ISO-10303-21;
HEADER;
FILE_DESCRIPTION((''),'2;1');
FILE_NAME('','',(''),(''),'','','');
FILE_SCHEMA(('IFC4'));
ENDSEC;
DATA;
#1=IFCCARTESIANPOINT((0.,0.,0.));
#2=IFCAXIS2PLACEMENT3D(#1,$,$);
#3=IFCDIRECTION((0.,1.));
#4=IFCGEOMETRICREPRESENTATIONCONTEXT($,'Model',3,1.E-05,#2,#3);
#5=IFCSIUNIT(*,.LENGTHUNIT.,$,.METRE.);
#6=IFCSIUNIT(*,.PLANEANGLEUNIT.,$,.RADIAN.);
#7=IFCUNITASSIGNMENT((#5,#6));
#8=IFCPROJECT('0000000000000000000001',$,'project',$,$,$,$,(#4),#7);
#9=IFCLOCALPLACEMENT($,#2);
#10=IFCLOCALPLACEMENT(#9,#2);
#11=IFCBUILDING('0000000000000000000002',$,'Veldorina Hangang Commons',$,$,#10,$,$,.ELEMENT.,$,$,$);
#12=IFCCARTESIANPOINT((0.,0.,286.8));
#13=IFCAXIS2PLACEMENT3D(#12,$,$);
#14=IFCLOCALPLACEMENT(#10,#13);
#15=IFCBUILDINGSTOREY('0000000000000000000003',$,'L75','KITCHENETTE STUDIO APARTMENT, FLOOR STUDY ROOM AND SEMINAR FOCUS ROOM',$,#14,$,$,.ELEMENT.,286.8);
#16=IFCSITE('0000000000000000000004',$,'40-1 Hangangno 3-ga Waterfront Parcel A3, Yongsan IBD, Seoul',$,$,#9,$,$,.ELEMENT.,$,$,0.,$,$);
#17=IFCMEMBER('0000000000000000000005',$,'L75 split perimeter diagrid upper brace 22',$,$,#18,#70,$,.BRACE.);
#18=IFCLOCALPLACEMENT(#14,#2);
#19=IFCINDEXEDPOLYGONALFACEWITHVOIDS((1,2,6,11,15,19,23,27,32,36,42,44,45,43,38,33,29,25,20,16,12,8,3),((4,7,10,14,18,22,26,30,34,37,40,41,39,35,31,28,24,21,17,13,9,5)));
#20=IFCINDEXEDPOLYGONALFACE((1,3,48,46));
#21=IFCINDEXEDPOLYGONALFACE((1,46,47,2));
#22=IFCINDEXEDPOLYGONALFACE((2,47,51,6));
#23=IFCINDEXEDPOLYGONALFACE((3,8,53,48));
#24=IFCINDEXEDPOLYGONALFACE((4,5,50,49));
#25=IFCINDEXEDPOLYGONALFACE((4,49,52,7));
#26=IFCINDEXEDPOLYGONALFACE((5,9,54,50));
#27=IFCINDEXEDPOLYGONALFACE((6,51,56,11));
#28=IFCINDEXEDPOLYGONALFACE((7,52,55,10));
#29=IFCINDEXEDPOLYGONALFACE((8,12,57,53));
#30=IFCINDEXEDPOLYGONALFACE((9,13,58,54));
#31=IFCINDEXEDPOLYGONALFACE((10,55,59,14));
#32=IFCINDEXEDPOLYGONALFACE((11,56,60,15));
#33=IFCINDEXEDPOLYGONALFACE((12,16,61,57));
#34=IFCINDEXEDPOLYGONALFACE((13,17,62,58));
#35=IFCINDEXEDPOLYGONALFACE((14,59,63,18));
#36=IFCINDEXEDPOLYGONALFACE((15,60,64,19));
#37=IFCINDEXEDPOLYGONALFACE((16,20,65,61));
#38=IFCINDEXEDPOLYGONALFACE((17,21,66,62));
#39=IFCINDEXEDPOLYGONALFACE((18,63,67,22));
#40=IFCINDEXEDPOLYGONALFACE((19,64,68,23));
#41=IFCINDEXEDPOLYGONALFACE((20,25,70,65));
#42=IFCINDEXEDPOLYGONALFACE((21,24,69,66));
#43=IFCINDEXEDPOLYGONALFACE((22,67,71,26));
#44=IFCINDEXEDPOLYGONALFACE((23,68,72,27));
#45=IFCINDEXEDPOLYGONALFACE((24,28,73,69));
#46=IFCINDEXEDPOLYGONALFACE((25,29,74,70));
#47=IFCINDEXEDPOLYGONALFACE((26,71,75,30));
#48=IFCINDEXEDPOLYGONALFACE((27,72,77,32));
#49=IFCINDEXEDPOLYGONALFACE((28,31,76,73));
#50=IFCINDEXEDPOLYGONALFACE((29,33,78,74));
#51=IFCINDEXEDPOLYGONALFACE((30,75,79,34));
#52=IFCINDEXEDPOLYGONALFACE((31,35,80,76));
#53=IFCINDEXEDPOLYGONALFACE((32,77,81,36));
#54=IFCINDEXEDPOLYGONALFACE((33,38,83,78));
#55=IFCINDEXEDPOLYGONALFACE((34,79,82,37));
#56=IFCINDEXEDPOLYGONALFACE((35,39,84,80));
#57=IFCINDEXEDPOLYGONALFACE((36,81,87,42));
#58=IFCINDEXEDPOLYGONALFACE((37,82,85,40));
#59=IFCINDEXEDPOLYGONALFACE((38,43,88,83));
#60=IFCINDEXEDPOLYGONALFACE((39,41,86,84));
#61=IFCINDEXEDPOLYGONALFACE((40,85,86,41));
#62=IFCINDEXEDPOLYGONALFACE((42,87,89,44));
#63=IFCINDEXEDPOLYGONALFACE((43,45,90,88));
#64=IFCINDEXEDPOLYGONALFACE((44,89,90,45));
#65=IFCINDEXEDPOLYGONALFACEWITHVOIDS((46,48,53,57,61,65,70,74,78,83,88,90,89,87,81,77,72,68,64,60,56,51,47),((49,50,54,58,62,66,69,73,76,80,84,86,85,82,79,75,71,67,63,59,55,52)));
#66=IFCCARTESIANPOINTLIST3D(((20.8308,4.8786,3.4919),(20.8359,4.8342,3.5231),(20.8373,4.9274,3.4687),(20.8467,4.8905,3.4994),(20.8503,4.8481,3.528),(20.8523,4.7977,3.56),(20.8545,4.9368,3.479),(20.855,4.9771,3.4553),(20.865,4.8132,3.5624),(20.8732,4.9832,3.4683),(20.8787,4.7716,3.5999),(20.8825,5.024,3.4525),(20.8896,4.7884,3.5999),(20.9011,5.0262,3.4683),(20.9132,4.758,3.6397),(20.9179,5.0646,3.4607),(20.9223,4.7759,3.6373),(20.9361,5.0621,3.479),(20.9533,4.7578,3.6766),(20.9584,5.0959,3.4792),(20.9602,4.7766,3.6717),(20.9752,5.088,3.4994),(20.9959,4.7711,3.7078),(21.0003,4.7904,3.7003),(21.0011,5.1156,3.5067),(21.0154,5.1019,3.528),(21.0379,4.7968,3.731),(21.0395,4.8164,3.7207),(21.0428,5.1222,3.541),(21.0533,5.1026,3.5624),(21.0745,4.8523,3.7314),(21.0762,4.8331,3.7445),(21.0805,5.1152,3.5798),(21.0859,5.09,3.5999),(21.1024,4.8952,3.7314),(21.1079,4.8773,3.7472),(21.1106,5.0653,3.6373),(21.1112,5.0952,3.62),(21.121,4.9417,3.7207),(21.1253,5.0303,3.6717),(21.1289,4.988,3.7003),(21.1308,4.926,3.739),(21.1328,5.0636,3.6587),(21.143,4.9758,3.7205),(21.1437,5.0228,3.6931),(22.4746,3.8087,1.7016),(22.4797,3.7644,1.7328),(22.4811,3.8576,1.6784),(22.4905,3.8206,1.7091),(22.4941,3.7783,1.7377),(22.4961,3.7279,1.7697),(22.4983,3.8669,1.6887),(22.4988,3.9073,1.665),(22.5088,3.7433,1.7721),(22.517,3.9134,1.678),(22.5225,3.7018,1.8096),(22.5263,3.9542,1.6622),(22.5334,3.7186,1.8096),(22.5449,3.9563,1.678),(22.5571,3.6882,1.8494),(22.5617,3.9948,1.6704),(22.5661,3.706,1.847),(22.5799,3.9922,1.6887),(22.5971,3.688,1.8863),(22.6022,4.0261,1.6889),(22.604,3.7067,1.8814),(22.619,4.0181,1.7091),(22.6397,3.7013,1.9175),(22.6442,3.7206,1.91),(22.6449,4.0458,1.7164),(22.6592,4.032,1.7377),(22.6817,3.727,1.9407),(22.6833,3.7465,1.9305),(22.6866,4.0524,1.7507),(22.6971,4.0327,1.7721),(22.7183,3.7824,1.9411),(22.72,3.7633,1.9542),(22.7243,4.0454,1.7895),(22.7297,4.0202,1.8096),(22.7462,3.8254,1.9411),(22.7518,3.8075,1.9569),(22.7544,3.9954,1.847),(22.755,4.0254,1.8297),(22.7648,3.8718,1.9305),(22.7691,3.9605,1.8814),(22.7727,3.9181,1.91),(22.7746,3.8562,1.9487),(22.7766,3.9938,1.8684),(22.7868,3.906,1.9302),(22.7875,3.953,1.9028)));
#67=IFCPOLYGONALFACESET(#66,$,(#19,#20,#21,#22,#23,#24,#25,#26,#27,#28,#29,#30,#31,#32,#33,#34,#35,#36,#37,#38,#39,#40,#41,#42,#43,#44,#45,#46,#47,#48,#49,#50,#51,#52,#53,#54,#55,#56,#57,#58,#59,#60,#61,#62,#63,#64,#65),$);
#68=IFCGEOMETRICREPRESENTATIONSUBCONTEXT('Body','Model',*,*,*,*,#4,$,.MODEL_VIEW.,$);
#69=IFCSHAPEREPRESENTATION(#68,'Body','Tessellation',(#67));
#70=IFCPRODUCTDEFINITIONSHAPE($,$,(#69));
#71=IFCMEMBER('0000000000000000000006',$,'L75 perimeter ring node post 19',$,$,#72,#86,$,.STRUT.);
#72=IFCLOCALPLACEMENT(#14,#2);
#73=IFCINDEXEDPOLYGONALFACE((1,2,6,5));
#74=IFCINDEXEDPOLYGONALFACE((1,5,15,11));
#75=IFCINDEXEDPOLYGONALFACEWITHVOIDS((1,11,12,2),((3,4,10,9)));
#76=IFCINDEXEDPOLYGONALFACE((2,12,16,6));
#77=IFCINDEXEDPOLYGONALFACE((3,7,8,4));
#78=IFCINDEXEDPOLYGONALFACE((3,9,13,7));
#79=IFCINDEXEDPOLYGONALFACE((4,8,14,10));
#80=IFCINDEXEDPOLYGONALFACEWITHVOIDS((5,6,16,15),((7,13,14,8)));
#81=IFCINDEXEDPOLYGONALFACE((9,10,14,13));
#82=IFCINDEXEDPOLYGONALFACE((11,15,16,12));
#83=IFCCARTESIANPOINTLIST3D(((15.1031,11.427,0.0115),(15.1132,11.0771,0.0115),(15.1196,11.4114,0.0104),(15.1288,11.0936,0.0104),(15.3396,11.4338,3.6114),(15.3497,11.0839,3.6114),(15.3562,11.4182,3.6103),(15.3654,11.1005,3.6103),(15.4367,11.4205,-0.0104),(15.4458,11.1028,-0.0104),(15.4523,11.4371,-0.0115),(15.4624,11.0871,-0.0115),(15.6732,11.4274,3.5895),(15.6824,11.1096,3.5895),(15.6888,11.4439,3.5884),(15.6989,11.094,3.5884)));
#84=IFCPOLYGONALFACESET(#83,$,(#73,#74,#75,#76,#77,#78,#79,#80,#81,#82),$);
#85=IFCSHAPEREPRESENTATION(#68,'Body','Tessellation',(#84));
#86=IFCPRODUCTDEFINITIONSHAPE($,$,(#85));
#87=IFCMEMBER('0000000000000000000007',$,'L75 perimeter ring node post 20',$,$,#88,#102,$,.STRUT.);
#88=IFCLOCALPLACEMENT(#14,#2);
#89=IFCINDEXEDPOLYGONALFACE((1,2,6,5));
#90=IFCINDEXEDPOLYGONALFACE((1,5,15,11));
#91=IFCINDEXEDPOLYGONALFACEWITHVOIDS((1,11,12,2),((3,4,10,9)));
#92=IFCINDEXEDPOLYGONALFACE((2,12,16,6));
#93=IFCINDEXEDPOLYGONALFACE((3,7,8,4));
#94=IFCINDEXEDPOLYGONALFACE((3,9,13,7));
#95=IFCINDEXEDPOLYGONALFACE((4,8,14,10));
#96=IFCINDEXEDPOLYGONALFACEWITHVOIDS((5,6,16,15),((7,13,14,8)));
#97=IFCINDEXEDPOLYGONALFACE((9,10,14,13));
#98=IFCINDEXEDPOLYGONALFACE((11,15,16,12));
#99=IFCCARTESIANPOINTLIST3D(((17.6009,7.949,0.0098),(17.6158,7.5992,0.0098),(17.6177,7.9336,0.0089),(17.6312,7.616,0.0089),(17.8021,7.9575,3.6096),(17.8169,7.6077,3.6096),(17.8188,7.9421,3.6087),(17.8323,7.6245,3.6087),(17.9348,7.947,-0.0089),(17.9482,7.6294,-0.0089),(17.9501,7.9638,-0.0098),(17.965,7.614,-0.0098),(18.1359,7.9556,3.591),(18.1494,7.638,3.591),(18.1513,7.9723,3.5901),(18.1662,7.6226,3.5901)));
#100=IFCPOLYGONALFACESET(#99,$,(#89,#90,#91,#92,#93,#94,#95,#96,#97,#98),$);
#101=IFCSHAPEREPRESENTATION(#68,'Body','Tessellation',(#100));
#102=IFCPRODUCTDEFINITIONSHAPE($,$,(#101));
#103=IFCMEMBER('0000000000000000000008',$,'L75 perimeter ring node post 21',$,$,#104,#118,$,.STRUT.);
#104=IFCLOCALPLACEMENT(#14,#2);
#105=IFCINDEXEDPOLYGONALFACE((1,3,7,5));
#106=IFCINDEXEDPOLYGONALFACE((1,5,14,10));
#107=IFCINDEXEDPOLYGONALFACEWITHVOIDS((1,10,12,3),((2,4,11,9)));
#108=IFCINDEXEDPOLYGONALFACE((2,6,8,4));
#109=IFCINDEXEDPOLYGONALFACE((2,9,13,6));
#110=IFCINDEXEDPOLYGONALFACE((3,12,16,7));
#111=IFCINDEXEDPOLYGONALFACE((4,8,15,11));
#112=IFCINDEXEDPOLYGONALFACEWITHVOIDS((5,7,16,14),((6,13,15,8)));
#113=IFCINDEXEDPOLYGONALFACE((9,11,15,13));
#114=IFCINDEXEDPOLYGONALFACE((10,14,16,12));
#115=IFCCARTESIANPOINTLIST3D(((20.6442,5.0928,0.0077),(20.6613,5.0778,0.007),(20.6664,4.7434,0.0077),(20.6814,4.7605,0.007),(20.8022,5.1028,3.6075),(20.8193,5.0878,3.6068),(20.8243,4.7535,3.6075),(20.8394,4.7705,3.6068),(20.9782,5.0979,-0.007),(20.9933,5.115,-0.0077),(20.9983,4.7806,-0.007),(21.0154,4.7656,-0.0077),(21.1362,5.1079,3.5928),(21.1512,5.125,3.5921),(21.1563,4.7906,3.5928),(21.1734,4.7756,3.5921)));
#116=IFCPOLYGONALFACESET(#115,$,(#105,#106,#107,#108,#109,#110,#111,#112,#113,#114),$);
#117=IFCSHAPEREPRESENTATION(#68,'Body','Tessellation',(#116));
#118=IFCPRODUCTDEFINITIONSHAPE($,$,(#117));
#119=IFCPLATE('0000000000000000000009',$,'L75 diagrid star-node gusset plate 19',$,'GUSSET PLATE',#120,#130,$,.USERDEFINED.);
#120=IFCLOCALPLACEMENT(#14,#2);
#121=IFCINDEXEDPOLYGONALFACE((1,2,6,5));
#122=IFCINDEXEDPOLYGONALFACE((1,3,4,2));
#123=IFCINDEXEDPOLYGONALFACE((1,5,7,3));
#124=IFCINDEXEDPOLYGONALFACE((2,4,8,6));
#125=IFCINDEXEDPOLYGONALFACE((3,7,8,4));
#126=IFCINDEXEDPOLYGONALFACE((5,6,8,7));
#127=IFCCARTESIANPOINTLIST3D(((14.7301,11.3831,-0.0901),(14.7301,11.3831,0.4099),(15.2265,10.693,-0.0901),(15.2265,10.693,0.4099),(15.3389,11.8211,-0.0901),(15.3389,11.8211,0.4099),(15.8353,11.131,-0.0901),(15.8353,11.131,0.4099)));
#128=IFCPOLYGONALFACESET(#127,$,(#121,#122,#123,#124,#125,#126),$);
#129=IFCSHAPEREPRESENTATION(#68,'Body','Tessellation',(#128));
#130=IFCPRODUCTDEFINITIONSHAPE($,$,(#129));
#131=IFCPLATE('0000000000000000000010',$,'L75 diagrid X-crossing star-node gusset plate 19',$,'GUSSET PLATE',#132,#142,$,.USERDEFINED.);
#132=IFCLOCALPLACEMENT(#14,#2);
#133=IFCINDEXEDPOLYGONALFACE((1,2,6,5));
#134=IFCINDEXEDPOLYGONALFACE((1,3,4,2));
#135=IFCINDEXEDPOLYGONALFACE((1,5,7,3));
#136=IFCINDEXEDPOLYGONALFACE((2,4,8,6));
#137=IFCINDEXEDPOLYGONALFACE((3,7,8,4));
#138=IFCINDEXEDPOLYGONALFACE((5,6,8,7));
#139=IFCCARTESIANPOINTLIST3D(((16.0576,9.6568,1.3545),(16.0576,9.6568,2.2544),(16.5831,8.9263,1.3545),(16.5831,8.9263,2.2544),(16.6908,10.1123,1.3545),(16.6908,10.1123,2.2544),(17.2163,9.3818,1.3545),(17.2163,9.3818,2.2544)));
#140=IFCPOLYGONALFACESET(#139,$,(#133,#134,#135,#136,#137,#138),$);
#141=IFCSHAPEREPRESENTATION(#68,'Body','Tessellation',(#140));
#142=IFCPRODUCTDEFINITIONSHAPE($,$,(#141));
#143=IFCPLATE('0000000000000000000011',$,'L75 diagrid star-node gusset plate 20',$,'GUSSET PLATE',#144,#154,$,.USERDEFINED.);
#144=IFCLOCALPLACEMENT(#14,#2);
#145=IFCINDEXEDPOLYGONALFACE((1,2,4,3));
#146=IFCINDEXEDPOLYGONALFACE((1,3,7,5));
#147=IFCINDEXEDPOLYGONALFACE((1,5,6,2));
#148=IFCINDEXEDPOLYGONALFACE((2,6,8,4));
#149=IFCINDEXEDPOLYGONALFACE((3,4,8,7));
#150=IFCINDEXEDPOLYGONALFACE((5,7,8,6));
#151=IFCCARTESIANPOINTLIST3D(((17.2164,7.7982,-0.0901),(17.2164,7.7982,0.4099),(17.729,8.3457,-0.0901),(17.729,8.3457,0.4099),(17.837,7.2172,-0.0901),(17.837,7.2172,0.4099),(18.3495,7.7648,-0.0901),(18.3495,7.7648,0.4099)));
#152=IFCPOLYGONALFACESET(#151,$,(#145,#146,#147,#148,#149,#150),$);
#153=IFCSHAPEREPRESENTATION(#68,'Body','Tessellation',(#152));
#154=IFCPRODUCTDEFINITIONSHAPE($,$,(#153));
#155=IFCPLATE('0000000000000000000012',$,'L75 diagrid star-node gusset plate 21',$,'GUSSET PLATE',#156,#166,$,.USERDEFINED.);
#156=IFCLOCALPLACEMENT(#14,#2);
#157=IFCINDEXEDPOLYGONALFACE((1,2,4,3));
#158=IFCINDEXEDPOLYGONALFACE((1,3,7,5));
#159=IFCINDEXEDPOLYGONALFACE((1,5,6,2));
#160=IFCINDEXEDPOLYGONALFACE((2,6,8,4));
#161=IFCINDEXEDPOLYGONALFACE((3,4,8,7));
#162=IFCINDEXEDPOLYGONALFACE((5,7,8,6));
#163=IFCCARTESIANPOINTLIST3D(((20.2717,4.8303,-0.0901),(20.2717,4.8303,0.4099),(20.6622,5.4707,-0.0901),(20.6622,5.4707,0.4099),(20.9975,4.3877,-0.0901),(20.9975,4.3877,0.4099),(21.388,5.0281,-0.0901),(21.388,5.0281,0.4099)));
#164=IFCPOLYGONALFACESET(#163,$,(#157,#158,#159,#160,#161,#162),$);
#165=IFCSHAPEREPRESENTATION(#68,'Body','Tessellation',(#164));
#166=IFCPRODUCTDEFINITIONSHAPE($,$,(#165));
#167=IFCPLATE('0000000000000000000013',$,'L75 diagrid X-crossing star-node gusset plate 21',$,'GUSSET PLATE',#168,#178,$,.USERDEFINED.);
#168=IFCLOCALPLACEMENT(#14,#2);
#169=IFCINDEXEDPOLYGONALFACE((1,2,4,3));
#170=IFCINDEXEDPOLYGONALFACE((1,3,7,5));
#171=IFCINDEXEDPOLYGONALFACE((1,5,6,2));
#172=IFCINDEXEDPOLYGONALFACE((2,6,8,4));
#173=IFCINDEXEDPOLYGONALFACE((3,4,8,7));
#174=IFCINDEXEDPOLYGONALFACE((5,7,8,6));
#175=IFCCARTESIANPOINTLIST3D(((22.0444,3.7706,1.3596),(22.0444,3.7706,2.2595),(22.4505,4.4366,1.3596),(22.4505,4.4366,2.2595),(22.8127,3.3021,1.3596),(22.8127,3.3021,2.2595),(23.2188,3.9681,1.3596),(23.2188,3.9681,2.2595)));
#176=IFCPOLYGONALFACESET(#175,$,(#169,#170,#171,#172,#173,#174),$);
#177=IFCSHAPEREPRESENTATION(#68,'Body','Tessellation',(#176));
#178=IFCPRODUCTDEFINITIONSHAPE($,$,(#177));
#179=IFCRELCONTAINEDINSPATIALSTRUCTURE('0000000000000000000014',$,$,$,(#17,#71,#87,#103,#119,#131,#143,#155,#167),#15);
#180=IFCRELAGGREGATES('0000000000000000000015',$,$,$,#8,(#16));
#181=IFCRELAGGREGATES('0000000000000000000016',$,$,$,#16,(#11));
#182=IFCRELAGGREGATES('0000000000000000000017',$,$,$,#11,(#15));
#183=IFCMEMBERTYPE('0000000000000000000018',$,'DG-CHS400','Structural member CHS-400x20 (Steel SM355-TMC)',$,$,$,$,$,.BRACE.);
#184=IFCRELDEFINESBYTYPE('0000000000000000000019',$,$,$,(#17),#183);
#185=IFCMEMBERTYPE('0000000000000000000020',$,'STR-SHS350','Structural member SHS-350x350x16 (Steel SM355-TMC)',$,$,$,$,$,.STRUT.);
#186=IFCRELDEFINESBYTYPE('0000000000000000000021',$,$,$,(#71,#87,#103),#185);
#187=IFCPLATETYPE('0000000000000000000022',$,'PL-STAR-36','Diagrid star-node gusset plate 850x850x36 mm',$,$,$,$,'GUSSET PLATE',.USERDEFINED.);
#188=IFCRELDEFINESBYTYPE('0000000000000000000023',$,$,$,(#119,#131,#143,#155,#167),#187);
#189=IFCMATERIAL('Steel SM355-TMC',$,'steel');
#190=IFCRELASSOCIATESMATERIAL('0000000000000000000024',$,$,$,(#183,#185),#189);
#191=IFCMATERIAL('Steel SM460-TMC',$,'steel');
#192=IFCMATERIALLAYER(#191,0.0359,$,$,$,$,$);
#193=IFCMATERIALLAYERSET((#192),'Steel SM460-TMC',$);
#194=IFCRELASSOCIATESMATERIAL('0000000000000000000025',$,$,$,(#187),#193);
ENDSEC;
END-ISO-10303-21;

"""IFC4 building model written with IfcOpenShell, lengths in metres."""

from ifc_helpers import new_model, si_unit, direction, frame, origin, origin_2d, place, context, subcontext, project, spatial, rectangle, hollow_rectangle, hollow_circle, extrude, material, layer, layer_set, material_profile, profile_set, type_object, element, save


model = new_model("IFC4")

# Units and contexts
model_context = context("Model", 3, precision=1e-05, world=origin(), true_north=direction((0.0, 1.0)))
body_context = subcontext(model_context, "Body", "Model", "MODEL_VIEW")
ifc_project = project(units=[si_unit("LENGTHUNIT", "METRE"), si_unit("PLANEANGLEUNIT", "RADIAN")], contexts=[model_context])

# Site, building, storey
site_placement = place(None, origin())
site = spatial("IfcSite", under=ifc_project, at=site_placement, Name="40-1 Hangangno 3-ga Waterfront Parcel A3, Yongsan IBD, Seoul", CompositionType="ELEMENT", RefElevation=0.0)
building_placement = place(site_placement, origin())
building = spatial("IfcBuilding", under=site, at=building_placement, Name="Veldorina Hangang Commons", CompositionType="ELEMENT")
storey_placement = place(building_placement, frame((0.0, 0.0, 286.8)))
storey = spatial("IfcBuildingStorey", under=building, at=storey_placement, Name="L75", Description="KITCHENETTE STUDIO APARTMENT, FLOOR STUDY ROOM AND SEMINAR FOCUS ROOM", CompositionType="ELEMENT", Elevation=286.8)

# Shared definitions
ifc_material_1 = material(Name="Steel SM355-TMC", Category="steel")

# Members
ifc_material_profile_1 = material_profile(ifc_material_1, hollow_circle(Radius=0.2, WallThickness=0.02, at=origin_2d()), Name="CHS-400x20")
ifc_profile_set_1 = profile_set([ifc_material_profile_1], Name="Steel SM355-TMC")
member_type_1 = type_object("IfcMemberType", Name="DG-CHS400", Description="Structural member CHS-400x20 (Steel SM355-TMC)", PredefinedType="BRACE", material=ifc_profile_set_1)
member_1_placement = place(storey_placement, frame((22.6316, 3.8694, 1.8096), z_axis=(-0.619015, 0.40287, 0.674178), x_axis=(-0.545474, -0.838128, 0.0)))
element("IfcMember", 1, at=member_1_placement, inside=storey, type_object=member_type_1, Name="L75 split perimeter diagrid upper brace 22", PredefinedType="BRACE", context=body_context, shape_type="SweptSolid", body=[
    extrude(hollow_circle(Radius=0.2, WallThickness=0.02, at=origin_2d()), origin(), (0.0, 0.0, 1.0), 2.6555),
])
ifc_material_profile_2 = material_profile(ifc_material_1, hollow_rectangle(XDim=0.3501, YDim=0.3501, WallThickness=0.0161, at=origin_2d()), Name="SHS-350x350x16")
ifc_profile_set_2 = profile_set([ifc_material_profile_2], Name="Steel SM355-TMC")
member_type_2 = type_object("IfcMemberType", Name="STR-SHS350", Description="Structural member SHS-350x350x16 (Steel SM355-TMC)", PredefinedType="STRUT", material=ifc_profile_set_2)
member_2_placement = place(storey_placement, frame((15.2827, 11.2571, 0.0), z_axis=(0.065576, 0.001895, 0.997846), x_axis=(-0.028884, 0.999583, 0.0)))
element("IfcMember", 2, at=member_2_placement, inside=storey, type_object=member_type_2, Name="L75 perimeter ring node post 19", PredefinedType="STRUT", context=body_context, shape_type="SweptSolid", body=[
    extrude(hollow_rectangle(XDim=0.3501, YDim=0.3501, WallThickness=0.0161, at=origin_2d()), origin(), (0.0, 0.0, 1.0), 3.6077),
])
member_3_placement = place(storey_placement, frame((17.783, 7.7815, 0.0), z_axis=(0.055796, 0.00237, 0.998439), x_axis=(-0.042437, 0.999099, 0.0)))
element("IfcMember", 3, at=member_3_placement, inside=storey, type_object=member_type_2, Name="L75 perimeter ring node post 20", PredefinedType="STRUT", context=body_context, shape_type="SweptSolid", body=[
    extrude(hollow_rectangle(XDim=0.3501, YDim=0.3501, WallThickness=0.0161, at=origin_2d()), origin(), (0.0, 0.0, 1.0), 3.6055),
])
member_4_placement = place(storey_placement, frame((20.8298, 4.9292, 0.0), z_axis=(0.043837, 0.002778, 0.999035), x_axis=(-0.063243, 0.997998, 0.0)))
element("IfcMember", 4, at=member_4_placement, inside=storey, type_object=member_type_2, Name="L75 perimeter ring node post 21", PredefinedType="STRUT", context=body_context, shape_type="SweptSolid", body=[
    extrude(hollow_rectangle(XDim=0.3501, YDim=0.3501, WallThickness=0.0161, at=origin_2d()), origin(), (0.0, 0.0, 1.0), 3.6033),
])

# Plates
ifc_material_2 = material(Name="Steel SM460-TMC", Category="steel")
ifc_layer_1 = layer(ifc_material_2, 0.0359)
ifc_layer_set_1 = layer_set([ifc_layer_1], Name="Steel SM460-TMC")
plate_type = type_object("IfcPlateType", Name="PL-STAR-36", Description="Diagrid star-node gusset plate 850x850x36 mm", ElementType="GUSSET PLATE", PredefinedType="USERDEFINED", material=ifc_layer_set_1)
plate_1_placement = place(storey_placement, frame((15.2827, 11.2571, -0.0901), z_axis=(0.0, 0.0, 1.0), x_axis=(0.583981, -0.811768, 0.0)))
element("IfcPlate", 5, at=plate_1_placement, inside=storey, type_object=plate_type, Name="L75 diagrid star-node gusset plate 19", ObjectType="GUSSET PLATE", PredefinedType="USERDEFINED", context=body_context, shape_type="SweptSolid", body=[
    extrude(rectangle(XDim=0.8501, YDim=0.75, at=origin_2d()), origin(), (0.0, 0.0, 1.0), 0.5),
])
plate_2_placement = place(storey_placement, frame((16.637, 9.5193, 1.3545), z_axis=(0.0, 0.0, 1.0), x_axis=(0.583981, -0.811768, 0.0)))
element("IfcPlate", 6, at=plate_2_placement, inside=storey, type_object=plate_type, Name="L75 diagrid X-crossing star-node gusset plate 19", ObjectType="GUSSET PLATE", PredefinedType="USERDEFINED", context=body_context, shape_type="SweptSolid", body=[
    extrude(rectangle(XDim=0.8999, YDim=0.78, at=origin_2d()), origin(), (0.0, 0.0, 1.0), 0.8999),
])
for number, where, z_axis, x_axis, name in (
    (7, (17.783, 7.7815, -0.0901), (0.0, 0.0, 1.0), (0.730007, -0.683439, 0.0), "L75 diagrid star-node gusset plate 20"),
    (8, (20.8298, 4.9292, -0.0901), (0.0, 0.0, 1.0), (0.853787, -0.520622, 0.0), "L75 diagrid star-node gusset plate 21"),
):
    element("IfcPlate", number, at=place(storey_placement, frame(where, z_axis=z_axis, x_axis=x_axis)), inside=storey, type_object=plate_type, Name=name, ObjectType="GUSSET PLATE", PredefinedType="USERDEFINED", context=body_context, shape_type="SweptSolid", body=[
        extrude(rectangle(XDim=0.8501, YDim=0.75, at=origin_2d()), origin(), (0.0, 0.0, 1.0), 0.5),
    ])
plate_3_placement = place(storey_placement, frame((22.6316, 3.8694, 1.3596), z_axis=(0.0, 0.0, 1.0), x_axis=(0.853787, -0.520622, 0.0)))
element("IfcPlate", 9, at=plate_3_placement, inside=storey, type_object=plate_type, Name="L75 diagrid X-crossing star-node gusset plate 21", ObjectType="GUSSET PLATE", PredefinedType="USERDEFINED", context=body_context, shape_type="SweptSolid", body=[
    extrude(rectangle(XDim=0.8999, YDim=0.78, at=origin_2d()), origin(), (0.0, 0.0, 1.0), 0.8999),
])

save(model, "model.ifc")
